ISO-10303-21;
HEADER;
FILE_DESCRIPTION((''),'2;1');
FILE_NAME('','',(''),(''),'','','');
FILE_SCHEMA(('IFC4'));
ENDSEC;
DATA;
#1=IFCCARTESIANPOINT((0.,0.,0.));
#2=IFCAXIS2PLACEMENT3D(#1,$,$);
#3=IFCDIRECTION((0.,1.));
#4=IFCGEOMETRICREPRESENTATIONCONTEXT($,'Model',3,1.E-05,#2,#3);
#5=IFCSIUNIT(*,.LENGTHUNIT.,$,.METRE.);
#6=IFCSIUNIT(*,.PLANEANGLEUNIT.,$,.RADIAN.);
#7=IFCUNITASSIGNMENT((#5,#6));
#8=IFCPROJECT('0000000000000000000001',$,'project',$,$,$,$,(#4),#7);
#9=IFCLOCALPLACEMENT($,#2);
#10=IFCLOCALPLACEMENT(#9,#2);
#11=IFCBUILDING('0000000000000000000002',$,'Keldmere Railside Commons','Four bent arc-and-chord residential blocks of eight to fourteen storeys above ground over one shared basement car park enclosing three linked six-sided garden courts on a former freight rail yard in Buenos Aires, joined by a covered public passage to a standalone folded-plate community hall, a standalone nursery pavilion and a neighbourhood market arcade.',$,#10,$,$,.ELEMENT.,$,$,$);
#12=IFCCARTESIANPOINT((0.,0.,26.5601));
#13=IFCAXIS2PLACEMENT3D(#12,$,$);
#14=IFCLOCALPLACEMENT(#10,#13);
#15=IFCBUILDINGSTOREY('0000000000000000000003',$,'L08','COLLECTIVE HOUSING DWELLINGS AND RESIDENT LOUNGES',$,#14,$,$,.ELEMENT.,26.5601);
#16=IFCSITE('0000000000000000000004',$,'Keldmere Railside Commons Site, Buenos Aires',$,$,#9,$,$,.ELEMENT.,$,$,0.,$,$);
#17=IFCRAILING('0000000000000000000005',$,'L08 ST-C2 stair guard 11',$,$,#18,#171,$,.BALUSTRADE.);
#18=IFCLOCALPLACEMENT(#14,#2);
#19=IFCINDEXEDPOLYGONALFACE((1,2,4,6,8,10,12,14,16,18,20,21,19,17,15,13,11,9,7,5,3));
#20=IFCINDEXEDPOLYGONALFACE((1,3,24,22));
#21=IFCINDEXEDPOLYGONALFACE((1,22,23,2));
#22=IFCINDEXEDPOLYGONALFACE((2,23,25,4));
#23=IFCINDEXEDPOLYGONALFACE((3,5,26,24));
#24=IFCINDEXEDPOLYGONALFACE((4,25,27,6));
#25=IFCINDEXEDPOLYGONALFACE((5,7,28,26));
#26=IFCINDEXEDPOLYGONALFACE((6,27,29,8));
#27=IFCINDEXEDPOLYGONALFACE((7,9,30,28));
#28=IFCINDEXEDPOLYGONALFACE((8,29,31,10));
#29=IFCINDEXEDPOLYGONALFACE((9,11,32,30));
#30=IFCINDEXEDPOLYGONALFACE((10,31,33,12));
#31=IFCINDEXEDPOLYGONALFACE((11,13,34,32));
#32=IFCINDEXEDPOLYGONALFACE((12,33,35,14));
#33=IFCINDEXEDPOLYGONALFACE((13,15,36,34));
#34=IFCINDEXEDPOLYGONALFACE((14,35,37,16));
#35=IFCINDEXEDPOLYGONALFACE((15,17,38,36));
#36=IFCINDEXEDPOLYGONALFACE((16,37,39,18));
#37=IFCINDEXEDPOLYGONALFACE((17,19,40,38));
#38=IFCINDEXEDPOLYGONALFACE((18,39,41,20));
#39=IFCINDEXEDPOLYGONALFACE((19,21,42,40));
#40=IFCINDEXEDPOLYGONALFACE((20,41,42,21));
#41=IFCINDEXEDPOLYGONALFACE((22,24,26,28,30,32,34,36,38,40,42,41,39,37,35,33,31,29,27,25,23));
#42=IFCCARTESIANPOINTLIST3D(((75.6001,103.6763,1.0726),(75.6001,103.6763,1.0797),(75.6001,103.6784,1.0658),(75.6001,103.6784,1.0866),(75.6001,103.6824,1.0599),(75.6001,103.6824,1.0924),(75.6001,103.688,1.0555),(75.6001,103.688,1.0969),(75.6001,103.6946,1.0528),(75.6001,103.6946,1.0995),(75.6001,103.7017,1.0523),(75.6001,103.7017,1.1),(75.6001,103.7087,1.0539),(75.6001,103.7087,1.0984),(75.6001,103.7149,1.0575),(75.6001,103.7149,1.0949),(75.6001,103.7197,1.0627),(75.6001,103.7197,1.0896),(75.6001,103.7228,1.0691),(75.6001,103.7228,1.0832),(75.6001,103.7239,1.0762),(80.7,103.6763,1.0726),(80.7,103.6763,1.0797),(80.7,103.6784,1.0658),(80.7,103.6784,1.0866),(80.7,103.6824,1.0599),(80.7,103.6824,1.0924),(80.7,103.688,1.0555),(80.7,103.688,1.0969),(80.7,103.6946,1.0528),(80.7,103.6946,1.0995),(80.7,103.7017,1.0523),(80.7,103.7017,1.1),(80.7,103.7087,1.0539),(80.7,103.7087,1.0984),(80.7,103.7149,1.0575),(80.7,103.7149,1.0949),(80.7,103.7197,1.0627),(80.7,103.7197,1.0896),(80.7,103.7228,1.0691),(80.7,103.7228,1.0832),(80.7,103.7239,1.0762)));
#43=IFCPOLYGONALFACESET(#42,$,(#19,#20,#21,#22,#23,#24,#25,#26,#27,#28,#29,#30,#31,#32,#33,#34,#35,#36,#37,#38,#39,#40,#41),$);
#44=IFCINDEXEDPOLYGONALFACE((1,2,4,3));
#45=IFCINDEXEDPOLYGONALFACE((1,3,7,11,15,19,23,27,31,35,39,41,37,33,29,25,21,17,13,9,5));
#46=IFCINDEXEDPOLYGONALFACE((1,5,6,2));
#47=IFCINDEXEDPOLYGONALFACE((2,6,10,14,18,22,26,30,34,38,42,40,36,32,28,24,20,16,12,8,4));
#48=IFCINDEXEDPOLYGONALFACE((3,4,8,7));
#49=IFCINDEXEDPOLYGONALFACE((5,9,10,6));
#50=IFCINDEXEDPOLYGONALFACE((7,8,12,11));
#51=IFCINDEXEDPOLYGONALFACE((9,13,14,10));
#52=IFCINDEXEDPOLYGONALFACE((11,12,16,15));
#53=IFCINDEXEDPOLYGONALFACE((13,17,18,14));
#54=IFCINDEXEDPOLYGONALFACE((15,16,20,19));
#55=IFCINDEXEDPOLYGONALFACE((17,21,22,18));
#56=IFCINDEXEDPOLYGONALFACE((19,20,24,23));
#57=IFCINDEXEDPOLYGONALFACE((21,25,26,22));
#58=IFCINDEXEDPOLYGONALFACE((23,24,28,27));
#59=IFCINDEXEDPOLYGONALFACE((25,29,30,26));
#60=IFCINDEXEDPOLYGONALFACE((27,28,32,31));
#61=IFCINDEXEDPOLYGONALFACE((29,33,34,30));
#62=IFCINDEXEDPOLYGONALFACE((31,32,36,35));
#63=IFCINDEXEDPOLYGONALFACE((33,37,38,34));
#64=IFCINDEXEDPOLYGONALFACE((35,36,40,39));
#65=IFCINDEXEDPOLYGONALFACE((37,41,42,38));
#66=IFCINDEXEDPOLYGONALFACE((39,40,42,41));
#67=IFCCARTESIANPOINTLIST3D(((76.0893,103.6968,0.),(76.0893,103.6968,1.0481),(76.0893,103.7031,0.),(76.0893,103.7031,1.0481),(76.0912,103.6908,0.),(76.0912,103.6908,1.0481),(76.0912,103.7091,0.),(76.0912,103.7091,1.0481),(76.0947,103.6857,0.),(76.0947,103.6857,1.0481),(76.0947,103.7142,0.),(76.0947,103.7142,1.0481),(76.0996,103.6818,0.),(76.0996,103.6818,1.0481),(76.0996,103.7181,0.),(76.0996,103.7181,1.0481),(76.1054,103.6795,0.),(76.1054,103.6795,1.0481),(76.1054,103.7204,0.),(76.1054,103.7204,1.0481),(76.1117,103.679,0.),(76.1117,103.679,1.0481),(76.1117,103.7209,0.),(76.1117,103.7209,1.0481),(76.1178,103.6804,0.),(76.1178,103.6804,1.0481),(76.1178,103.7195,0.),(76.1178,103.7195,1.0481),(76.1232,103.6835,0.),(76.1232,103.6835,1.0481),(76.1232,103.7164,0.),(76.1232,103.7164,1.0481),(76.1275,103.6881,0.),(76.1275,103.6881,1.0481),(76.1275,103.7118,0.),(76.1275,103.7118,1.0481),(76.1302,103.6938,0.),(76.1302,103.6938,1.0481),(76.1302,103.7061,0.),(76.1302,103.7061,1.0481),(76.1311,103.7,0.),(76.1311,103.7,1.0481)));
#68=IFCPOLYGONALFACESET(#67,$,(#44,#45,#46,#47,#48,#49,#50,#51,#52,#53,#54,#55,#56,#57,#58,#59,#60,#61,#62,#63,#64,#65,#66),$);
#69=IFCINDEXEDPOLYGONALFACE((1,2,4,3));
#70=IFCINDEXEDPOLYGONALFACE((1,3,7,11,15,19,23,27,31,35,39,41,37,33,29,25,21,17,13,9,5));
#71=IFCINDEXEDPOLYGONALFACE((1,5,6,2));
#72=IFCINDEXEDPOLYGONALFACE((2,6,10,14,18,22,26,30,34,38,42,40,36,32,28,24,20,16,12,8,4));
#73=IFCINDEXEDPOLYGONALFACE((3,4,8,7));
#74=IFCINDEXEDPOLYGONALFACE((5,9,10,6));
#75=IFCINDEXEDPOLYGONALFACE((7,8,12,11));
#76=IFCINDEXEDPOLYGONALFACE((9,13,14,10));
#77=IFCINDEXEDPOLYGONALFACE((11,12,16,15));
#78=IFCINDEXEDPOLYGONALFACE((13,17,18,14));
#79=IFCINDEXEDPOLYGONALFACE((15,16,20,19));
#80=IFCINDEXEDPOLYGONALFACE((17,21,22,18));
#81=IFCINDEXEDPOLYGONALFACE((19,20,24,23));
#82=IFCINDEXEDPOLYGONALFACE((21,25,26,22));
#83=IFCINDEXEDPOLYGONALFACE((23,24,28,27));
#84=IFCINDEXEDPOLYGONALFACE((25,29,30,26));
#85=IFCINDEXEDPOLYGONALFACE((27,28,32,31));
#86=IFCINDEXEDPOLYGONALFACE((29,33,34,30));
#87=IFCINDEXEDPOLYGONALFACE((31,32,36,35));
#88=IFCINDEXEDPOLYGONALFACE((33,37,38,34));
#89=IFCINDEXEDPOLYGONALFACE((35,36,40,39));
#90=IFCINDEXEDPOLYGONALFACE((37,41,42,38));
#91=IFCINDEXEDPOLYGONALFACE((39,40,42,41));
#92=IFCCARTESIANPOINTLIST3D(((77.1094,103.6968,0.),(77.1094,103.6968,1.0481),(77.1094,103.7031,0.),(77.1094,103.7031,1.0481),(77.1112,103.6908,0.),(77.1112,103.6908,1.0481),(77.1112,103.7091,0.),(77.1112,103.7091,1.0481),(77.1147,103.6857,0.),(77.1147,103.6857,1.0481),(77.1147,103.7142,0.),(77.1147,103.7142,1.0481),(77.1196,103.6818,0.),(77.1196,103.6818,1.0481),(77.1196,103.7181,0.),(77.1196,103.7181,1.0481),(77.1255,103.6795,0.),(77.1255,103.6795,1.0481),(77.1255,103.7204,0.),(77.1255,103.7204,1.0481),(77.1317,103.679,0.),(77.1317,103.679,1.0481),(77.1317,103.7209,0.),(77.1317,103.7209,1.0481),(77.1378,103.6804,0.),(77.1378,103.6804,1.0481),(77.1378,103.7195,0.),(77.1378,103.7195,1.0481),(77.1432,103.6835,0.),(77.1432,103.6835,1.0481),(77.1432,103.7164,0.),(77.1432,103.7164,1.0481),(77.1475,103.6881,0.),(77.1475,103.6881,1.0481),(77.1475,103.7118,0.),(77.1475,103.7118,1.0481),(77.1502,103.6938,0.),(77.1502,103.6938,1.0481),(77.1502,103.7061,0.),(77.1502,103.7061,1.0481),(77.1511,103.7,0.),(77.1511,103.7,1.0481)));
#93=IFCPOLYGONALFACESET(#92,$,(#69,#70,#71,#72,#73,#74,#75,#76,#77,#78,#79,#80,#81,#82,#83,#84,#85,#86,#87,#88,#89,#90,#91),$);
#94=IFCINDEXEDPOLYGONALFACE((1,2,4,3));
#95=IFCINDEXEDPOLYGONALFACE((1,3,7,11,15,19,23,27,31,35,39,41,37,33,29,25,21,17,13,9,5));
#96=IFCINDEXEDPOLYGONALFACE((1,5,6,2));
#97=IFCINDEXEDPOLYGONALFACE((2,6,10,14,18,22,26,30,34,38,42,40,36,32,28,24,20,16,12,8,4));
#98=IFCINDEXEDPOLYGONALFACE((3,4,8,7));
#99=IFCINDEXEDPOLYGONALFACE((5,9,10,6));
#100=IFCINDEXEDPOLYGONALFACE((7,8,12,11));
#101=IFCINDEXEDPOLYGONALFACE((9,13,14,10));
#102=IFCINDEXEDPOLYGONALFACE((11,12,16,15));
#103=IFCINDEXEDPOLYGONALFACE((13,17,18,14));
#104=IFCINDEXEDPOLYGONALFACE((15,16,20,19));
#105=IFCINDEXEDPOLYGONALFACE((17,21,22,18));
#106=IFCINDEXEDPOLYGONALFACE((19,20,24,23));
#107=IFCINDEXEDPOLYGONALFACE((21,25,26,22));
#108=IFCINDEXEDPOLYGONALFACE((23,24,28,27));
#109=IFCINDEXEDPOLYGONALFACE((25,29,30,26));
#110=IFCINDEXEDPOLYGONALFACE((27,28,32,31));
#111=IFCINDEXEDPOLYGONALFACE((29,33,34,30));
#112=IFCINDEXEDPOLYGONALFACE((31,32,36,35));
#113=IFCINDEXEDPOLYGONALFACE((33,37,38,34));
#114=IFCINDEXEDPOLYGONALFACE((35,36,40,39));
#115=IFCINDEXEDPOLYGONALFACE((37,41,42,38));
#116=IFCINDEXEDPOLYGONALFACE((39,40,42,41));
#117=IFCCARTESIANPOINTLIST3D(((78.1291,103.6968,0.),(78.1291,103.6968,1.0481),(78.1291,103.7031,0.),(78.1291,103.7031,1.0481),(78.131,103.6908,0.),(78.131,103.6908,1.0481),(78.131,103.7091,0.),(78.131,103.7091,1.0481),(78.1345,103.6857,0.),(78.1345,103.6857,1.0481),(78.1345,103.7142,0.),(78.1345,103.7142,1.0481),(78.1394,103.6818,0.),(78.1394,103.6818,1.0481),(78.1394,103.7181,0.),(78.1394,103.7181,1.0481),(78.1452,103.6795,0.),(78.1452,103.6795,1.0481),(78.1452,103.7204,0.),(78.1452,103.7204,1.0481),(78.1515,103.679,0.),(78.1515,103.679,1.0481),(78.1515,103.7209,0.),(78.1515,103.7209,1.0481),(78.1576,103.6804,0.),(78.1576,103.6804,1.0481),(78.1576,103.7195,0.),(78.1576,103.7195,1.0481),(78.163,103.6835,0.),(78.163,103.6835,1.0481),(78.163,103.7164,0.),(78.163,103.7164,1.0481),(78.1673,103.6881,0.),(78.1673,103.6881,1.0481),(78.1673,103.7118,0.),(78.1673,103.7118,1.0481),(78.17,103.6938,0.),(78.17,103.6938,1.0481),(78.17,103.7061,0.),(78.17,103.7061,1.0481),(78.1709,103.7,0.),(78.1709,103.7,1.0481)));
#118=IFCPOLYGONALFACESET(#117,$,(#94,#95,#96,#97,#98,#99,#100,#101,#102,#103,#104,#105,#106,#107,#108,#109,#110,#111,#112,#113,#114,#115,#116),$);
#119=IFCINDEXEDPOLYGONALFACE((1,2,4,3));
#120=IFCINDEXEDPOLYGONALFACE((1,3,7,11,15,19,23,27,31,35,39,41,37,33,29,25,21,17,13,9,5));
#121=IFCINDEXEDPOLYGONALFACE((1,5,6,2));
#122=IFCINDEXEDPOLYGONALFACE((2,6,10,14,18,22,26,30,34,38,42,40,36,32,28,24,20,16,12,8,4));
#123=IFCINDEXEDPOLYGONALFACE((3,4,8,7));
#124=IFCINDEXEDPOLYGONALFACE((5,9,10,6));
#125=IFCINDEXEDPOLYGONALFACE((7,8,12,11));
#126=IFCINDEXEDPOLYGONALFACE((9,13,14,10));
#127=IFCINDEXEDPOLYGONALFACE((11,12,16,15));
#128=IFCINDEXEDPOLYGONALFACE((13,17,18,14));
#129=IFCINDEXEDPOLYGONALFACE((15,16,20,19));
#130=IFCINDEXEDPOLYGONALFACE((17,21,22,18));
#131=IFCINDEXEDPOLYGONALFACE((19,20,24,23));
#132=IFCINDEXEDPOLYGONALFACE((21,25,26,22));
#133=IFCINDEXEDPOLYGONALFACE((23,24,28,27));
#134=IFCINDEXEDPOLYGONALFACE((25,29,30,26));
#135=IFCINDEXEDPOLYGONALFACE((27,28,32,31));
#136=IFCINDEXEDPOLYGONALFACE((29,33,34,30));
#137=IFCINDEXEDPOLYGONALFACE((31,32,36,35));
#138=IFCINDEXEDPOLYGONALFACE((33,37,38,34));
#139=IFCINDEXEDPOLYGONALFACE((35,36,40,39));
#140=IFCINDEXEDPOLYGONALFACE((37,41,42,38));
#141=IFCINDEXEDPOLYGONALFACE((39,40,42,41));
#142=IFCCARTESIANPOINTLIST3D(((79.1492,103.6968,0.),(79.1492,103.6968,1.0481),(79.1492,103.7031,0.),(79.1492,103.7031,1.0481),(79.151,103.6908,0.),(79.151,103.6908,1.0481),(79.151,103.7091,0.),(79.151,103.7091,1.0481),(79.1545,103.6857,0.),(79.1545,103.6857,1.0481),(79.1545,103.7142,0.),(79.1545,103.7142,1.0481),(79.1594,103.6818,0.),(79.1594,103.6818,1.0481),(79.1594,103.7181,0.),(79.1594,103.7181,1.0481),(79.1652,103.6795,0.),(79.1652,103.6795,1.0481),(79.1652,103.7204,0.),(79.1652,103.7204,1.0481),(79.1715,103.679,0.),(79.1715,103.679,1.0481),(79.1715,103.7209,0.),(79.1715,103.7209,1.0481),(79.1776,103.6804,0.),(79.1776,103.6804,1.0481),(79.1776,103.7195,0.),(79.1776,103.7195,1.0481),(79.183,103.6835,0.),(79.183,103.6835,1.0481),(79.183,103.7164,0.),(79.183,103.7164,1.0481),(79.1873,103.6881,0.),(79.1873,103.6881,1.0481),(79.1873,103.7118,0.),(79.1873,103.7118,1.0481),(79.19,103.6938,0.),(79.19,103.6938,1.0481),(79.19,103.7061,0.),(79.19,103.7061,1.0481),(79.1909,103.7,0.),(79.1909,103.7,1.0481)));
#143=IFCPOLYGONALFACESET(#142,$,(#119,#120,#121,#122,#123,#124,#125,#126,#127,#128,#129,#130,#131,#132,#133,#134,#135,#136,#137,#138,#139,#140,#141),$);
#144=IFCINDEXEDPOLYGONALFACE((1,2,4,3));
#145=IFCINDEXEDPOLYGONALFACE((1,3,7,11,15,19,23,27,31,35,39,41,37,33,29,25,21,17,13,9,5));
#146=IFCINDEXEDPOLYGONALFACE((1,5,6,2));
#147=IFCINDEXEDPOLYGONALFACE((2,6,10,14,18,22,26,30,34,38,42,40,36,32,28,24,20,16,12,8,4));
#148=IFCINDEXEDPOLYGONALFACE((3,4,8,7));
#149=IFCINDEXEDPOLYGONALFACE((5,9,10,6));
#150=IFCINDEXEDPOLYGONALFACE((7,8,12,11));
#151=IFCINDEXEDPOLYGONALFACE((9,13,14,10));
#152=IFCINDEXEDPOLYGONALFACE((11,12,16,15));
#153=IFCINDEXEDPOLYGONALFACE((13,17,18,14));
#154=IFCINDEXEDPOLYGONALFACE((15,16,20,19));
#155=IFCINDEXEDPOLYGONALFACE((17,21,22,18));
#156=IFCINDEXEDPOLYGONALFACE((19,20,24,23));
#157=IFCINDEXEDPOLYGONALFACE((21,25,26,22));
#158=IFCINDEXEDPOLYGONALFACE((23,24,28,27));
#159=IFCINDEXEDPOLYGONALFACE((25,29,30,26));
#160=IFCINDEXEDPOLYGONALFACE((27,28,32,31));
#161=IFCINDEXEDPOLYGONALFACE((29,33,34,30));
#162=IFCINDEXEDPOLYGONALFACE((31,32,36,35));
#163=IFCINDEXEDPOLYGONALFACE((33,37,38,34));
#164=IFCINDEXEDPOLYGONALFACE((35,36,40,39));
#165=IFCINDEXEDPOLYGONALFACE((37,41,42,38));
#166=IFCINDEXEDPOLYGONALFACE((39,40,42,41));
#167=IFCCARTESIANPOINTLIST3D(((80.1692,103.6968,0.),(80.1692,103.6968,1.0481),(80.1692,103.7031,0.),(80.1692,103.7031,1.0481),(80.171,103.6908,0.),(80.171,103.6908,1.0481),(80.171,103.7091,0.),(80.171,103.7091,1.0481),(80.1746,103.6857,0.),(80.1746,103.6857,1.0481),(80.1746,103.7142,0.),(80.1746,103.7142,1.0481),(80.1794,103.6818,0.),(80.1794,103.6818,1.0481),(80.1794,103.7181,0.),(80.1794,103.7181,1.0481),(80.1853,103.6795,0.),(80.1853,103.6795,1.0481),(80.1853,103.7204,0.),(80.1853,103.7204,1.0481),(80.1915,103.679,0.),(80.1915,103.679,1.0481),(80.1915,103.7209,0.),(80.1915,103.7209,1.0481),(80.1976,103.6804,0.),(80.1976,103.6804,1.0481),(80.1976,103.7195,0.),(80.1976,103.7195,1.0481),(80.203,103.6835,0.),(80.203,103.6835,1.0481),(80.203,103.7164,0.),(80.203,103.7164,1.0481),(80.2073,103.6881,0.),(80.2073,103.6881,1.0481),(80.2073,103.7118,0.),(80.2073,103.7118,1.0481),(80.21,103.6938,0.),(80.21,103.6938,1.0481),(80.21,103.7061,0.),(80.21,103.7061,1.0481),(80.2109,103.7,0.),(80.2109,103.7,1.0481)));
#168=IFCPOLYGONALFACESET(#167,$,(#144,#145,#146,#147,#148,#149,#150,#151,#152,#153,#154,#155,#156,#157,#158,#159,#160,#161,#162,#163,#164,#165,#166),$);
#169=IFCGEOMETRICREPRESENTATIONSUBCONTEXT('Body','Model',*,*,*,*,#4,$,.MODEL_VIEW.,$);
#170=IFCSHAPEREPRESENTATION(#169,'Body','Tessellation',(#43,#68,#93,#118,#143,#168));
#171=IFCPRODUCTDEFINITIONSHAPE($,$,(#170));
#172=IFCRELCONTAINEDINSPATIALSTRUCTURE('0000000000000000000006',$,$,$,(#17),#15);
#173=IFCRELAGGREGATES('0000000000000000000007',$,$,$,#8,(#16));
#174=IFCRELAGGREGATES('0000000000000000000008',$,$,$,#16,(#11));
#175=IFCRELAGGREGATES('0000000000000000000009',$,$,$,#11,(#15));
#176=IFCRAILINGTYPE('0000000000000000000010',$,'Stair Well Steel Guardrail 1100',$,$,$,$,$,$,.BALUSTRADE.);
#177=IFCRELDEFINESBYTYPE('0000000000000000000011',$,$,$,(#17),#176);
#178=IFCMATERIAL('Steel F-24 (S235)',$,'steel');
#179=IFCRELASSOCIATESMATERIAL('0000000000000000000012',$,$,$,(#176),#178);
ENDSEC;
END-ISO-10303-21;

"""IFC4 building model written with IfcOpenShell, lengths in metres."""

from ifc_helpers import new_model, si_unit, direction, frame, origin, origin_2d, place, context, subcontext, project, spatial, circle, extrude, material, type_object, element, save


model = new_model("IFC4")

# Units and contexts
model_context = context("Model", 3, precision=1e-05, world=origin(), true_north=direction((0.0, 1.0)))
body_context = subcontext(model_context, "Body", "Model", "MODEL_VIEW")
ifc_project = project(units=[si_unit("LENGTHUNIT", "METRE"), si_unit("PLANEANGLEUNIT", "RADIAN")], contexts=[model_context])

# Site, building, storey
site_placement = place(None, origin())
site = spatial("IfcSite", under=ifc_project, at=site_placement, Name="Keldmere Railside Commons Site, Buenos Aires", CompositionType="ELEMENT", RefElevation=0.0)
building_placement = place(site_placement, origin())
building = spatial("IfcBuilding", under=site, at=building_placement, Name="Keldmere Railside Commons", Description="Four bent arc-and-chord residential blocks of eight to fourteen storeys above ground over one shared basement car park enclosing three linked six-sided garden courts on a former freight rail yard in Buenos Aires, joined by a covered public passage to a standalone folded-plate community hall, a standalone nursery pavilion and a neighbourhood market arcade.", CompositionType="ELEMENT")
storey_placement = place(building_placement, frame((0.0, 0.0, 26.5601)))
storey = spatial("IfcBuildingStorey", under=building, at=storey_placement, Name="L08", Description="COLLECTIVE HOUSING DWELLINGS AND RESIDENT LOUNGES", CompositionType="ELEMENT", Elevation=26.5601)

# Shared definitions
ifc_material_1 = material(Name="Steel F-24 (S235)", Category="steel")

# Railing
railing_type_1 = type_object("IfcRailingType", Name="Stair Well Steel Guardrail 1100", PredefinedType="BALUSTRADE", material=ifc_material_1)
railing_1_placement = place(storey_placement, frame((75.6001, 103.7, 0.0)))
element("IfcRailing", 1, at=railing_1_placement, inside=storey, type_object=railing_type_1, Name="L08 ST-C2 stair guard 11", PredefinedType="BALUSTRADE", context=body_context, shape_type="SweptSolid", body=[
    extrude(circle(Radius=0.0239, at=origin_2d()), frame((0.0, 0.0, 1.0762), z_axis=(1.0, 0.0, 0.0), x_axis=(0.0, 1.0, 0.0)), (0.0, 0.0, 1.0), 5.0999),
    extrude(circle(Radius=0.021, at=origin_2d()), frame((0.51, 0.0, 0.0)), (0.0, 0.0, 1.0), 1.0481),
    extrude(circle(Radius=0.021, at=origin_2d()), frame((1.53, 0.0, 0.0)), (0.0, 0.0, 1.0), 1.0481),
    extrude(circle(Radius=0.021, at=origin_2d()), frame((2.5498, 0.0, 0.0)), (0.0, 0.0, 1.0), 1.0481),
    extrude(circle(Radius=0.021, at=origin_2d()), frame((3.5698, 0.0, 0.0)), (0.0, 0.0, 1.0), 1.0481),
    extrude(circle(Radius=0.021, at=origin_2d()), frame((4.5898, 0.0, 0.0)), (0.0, 0.0, 1.0), 1.0481),
])

save(model, "model.ifc")
